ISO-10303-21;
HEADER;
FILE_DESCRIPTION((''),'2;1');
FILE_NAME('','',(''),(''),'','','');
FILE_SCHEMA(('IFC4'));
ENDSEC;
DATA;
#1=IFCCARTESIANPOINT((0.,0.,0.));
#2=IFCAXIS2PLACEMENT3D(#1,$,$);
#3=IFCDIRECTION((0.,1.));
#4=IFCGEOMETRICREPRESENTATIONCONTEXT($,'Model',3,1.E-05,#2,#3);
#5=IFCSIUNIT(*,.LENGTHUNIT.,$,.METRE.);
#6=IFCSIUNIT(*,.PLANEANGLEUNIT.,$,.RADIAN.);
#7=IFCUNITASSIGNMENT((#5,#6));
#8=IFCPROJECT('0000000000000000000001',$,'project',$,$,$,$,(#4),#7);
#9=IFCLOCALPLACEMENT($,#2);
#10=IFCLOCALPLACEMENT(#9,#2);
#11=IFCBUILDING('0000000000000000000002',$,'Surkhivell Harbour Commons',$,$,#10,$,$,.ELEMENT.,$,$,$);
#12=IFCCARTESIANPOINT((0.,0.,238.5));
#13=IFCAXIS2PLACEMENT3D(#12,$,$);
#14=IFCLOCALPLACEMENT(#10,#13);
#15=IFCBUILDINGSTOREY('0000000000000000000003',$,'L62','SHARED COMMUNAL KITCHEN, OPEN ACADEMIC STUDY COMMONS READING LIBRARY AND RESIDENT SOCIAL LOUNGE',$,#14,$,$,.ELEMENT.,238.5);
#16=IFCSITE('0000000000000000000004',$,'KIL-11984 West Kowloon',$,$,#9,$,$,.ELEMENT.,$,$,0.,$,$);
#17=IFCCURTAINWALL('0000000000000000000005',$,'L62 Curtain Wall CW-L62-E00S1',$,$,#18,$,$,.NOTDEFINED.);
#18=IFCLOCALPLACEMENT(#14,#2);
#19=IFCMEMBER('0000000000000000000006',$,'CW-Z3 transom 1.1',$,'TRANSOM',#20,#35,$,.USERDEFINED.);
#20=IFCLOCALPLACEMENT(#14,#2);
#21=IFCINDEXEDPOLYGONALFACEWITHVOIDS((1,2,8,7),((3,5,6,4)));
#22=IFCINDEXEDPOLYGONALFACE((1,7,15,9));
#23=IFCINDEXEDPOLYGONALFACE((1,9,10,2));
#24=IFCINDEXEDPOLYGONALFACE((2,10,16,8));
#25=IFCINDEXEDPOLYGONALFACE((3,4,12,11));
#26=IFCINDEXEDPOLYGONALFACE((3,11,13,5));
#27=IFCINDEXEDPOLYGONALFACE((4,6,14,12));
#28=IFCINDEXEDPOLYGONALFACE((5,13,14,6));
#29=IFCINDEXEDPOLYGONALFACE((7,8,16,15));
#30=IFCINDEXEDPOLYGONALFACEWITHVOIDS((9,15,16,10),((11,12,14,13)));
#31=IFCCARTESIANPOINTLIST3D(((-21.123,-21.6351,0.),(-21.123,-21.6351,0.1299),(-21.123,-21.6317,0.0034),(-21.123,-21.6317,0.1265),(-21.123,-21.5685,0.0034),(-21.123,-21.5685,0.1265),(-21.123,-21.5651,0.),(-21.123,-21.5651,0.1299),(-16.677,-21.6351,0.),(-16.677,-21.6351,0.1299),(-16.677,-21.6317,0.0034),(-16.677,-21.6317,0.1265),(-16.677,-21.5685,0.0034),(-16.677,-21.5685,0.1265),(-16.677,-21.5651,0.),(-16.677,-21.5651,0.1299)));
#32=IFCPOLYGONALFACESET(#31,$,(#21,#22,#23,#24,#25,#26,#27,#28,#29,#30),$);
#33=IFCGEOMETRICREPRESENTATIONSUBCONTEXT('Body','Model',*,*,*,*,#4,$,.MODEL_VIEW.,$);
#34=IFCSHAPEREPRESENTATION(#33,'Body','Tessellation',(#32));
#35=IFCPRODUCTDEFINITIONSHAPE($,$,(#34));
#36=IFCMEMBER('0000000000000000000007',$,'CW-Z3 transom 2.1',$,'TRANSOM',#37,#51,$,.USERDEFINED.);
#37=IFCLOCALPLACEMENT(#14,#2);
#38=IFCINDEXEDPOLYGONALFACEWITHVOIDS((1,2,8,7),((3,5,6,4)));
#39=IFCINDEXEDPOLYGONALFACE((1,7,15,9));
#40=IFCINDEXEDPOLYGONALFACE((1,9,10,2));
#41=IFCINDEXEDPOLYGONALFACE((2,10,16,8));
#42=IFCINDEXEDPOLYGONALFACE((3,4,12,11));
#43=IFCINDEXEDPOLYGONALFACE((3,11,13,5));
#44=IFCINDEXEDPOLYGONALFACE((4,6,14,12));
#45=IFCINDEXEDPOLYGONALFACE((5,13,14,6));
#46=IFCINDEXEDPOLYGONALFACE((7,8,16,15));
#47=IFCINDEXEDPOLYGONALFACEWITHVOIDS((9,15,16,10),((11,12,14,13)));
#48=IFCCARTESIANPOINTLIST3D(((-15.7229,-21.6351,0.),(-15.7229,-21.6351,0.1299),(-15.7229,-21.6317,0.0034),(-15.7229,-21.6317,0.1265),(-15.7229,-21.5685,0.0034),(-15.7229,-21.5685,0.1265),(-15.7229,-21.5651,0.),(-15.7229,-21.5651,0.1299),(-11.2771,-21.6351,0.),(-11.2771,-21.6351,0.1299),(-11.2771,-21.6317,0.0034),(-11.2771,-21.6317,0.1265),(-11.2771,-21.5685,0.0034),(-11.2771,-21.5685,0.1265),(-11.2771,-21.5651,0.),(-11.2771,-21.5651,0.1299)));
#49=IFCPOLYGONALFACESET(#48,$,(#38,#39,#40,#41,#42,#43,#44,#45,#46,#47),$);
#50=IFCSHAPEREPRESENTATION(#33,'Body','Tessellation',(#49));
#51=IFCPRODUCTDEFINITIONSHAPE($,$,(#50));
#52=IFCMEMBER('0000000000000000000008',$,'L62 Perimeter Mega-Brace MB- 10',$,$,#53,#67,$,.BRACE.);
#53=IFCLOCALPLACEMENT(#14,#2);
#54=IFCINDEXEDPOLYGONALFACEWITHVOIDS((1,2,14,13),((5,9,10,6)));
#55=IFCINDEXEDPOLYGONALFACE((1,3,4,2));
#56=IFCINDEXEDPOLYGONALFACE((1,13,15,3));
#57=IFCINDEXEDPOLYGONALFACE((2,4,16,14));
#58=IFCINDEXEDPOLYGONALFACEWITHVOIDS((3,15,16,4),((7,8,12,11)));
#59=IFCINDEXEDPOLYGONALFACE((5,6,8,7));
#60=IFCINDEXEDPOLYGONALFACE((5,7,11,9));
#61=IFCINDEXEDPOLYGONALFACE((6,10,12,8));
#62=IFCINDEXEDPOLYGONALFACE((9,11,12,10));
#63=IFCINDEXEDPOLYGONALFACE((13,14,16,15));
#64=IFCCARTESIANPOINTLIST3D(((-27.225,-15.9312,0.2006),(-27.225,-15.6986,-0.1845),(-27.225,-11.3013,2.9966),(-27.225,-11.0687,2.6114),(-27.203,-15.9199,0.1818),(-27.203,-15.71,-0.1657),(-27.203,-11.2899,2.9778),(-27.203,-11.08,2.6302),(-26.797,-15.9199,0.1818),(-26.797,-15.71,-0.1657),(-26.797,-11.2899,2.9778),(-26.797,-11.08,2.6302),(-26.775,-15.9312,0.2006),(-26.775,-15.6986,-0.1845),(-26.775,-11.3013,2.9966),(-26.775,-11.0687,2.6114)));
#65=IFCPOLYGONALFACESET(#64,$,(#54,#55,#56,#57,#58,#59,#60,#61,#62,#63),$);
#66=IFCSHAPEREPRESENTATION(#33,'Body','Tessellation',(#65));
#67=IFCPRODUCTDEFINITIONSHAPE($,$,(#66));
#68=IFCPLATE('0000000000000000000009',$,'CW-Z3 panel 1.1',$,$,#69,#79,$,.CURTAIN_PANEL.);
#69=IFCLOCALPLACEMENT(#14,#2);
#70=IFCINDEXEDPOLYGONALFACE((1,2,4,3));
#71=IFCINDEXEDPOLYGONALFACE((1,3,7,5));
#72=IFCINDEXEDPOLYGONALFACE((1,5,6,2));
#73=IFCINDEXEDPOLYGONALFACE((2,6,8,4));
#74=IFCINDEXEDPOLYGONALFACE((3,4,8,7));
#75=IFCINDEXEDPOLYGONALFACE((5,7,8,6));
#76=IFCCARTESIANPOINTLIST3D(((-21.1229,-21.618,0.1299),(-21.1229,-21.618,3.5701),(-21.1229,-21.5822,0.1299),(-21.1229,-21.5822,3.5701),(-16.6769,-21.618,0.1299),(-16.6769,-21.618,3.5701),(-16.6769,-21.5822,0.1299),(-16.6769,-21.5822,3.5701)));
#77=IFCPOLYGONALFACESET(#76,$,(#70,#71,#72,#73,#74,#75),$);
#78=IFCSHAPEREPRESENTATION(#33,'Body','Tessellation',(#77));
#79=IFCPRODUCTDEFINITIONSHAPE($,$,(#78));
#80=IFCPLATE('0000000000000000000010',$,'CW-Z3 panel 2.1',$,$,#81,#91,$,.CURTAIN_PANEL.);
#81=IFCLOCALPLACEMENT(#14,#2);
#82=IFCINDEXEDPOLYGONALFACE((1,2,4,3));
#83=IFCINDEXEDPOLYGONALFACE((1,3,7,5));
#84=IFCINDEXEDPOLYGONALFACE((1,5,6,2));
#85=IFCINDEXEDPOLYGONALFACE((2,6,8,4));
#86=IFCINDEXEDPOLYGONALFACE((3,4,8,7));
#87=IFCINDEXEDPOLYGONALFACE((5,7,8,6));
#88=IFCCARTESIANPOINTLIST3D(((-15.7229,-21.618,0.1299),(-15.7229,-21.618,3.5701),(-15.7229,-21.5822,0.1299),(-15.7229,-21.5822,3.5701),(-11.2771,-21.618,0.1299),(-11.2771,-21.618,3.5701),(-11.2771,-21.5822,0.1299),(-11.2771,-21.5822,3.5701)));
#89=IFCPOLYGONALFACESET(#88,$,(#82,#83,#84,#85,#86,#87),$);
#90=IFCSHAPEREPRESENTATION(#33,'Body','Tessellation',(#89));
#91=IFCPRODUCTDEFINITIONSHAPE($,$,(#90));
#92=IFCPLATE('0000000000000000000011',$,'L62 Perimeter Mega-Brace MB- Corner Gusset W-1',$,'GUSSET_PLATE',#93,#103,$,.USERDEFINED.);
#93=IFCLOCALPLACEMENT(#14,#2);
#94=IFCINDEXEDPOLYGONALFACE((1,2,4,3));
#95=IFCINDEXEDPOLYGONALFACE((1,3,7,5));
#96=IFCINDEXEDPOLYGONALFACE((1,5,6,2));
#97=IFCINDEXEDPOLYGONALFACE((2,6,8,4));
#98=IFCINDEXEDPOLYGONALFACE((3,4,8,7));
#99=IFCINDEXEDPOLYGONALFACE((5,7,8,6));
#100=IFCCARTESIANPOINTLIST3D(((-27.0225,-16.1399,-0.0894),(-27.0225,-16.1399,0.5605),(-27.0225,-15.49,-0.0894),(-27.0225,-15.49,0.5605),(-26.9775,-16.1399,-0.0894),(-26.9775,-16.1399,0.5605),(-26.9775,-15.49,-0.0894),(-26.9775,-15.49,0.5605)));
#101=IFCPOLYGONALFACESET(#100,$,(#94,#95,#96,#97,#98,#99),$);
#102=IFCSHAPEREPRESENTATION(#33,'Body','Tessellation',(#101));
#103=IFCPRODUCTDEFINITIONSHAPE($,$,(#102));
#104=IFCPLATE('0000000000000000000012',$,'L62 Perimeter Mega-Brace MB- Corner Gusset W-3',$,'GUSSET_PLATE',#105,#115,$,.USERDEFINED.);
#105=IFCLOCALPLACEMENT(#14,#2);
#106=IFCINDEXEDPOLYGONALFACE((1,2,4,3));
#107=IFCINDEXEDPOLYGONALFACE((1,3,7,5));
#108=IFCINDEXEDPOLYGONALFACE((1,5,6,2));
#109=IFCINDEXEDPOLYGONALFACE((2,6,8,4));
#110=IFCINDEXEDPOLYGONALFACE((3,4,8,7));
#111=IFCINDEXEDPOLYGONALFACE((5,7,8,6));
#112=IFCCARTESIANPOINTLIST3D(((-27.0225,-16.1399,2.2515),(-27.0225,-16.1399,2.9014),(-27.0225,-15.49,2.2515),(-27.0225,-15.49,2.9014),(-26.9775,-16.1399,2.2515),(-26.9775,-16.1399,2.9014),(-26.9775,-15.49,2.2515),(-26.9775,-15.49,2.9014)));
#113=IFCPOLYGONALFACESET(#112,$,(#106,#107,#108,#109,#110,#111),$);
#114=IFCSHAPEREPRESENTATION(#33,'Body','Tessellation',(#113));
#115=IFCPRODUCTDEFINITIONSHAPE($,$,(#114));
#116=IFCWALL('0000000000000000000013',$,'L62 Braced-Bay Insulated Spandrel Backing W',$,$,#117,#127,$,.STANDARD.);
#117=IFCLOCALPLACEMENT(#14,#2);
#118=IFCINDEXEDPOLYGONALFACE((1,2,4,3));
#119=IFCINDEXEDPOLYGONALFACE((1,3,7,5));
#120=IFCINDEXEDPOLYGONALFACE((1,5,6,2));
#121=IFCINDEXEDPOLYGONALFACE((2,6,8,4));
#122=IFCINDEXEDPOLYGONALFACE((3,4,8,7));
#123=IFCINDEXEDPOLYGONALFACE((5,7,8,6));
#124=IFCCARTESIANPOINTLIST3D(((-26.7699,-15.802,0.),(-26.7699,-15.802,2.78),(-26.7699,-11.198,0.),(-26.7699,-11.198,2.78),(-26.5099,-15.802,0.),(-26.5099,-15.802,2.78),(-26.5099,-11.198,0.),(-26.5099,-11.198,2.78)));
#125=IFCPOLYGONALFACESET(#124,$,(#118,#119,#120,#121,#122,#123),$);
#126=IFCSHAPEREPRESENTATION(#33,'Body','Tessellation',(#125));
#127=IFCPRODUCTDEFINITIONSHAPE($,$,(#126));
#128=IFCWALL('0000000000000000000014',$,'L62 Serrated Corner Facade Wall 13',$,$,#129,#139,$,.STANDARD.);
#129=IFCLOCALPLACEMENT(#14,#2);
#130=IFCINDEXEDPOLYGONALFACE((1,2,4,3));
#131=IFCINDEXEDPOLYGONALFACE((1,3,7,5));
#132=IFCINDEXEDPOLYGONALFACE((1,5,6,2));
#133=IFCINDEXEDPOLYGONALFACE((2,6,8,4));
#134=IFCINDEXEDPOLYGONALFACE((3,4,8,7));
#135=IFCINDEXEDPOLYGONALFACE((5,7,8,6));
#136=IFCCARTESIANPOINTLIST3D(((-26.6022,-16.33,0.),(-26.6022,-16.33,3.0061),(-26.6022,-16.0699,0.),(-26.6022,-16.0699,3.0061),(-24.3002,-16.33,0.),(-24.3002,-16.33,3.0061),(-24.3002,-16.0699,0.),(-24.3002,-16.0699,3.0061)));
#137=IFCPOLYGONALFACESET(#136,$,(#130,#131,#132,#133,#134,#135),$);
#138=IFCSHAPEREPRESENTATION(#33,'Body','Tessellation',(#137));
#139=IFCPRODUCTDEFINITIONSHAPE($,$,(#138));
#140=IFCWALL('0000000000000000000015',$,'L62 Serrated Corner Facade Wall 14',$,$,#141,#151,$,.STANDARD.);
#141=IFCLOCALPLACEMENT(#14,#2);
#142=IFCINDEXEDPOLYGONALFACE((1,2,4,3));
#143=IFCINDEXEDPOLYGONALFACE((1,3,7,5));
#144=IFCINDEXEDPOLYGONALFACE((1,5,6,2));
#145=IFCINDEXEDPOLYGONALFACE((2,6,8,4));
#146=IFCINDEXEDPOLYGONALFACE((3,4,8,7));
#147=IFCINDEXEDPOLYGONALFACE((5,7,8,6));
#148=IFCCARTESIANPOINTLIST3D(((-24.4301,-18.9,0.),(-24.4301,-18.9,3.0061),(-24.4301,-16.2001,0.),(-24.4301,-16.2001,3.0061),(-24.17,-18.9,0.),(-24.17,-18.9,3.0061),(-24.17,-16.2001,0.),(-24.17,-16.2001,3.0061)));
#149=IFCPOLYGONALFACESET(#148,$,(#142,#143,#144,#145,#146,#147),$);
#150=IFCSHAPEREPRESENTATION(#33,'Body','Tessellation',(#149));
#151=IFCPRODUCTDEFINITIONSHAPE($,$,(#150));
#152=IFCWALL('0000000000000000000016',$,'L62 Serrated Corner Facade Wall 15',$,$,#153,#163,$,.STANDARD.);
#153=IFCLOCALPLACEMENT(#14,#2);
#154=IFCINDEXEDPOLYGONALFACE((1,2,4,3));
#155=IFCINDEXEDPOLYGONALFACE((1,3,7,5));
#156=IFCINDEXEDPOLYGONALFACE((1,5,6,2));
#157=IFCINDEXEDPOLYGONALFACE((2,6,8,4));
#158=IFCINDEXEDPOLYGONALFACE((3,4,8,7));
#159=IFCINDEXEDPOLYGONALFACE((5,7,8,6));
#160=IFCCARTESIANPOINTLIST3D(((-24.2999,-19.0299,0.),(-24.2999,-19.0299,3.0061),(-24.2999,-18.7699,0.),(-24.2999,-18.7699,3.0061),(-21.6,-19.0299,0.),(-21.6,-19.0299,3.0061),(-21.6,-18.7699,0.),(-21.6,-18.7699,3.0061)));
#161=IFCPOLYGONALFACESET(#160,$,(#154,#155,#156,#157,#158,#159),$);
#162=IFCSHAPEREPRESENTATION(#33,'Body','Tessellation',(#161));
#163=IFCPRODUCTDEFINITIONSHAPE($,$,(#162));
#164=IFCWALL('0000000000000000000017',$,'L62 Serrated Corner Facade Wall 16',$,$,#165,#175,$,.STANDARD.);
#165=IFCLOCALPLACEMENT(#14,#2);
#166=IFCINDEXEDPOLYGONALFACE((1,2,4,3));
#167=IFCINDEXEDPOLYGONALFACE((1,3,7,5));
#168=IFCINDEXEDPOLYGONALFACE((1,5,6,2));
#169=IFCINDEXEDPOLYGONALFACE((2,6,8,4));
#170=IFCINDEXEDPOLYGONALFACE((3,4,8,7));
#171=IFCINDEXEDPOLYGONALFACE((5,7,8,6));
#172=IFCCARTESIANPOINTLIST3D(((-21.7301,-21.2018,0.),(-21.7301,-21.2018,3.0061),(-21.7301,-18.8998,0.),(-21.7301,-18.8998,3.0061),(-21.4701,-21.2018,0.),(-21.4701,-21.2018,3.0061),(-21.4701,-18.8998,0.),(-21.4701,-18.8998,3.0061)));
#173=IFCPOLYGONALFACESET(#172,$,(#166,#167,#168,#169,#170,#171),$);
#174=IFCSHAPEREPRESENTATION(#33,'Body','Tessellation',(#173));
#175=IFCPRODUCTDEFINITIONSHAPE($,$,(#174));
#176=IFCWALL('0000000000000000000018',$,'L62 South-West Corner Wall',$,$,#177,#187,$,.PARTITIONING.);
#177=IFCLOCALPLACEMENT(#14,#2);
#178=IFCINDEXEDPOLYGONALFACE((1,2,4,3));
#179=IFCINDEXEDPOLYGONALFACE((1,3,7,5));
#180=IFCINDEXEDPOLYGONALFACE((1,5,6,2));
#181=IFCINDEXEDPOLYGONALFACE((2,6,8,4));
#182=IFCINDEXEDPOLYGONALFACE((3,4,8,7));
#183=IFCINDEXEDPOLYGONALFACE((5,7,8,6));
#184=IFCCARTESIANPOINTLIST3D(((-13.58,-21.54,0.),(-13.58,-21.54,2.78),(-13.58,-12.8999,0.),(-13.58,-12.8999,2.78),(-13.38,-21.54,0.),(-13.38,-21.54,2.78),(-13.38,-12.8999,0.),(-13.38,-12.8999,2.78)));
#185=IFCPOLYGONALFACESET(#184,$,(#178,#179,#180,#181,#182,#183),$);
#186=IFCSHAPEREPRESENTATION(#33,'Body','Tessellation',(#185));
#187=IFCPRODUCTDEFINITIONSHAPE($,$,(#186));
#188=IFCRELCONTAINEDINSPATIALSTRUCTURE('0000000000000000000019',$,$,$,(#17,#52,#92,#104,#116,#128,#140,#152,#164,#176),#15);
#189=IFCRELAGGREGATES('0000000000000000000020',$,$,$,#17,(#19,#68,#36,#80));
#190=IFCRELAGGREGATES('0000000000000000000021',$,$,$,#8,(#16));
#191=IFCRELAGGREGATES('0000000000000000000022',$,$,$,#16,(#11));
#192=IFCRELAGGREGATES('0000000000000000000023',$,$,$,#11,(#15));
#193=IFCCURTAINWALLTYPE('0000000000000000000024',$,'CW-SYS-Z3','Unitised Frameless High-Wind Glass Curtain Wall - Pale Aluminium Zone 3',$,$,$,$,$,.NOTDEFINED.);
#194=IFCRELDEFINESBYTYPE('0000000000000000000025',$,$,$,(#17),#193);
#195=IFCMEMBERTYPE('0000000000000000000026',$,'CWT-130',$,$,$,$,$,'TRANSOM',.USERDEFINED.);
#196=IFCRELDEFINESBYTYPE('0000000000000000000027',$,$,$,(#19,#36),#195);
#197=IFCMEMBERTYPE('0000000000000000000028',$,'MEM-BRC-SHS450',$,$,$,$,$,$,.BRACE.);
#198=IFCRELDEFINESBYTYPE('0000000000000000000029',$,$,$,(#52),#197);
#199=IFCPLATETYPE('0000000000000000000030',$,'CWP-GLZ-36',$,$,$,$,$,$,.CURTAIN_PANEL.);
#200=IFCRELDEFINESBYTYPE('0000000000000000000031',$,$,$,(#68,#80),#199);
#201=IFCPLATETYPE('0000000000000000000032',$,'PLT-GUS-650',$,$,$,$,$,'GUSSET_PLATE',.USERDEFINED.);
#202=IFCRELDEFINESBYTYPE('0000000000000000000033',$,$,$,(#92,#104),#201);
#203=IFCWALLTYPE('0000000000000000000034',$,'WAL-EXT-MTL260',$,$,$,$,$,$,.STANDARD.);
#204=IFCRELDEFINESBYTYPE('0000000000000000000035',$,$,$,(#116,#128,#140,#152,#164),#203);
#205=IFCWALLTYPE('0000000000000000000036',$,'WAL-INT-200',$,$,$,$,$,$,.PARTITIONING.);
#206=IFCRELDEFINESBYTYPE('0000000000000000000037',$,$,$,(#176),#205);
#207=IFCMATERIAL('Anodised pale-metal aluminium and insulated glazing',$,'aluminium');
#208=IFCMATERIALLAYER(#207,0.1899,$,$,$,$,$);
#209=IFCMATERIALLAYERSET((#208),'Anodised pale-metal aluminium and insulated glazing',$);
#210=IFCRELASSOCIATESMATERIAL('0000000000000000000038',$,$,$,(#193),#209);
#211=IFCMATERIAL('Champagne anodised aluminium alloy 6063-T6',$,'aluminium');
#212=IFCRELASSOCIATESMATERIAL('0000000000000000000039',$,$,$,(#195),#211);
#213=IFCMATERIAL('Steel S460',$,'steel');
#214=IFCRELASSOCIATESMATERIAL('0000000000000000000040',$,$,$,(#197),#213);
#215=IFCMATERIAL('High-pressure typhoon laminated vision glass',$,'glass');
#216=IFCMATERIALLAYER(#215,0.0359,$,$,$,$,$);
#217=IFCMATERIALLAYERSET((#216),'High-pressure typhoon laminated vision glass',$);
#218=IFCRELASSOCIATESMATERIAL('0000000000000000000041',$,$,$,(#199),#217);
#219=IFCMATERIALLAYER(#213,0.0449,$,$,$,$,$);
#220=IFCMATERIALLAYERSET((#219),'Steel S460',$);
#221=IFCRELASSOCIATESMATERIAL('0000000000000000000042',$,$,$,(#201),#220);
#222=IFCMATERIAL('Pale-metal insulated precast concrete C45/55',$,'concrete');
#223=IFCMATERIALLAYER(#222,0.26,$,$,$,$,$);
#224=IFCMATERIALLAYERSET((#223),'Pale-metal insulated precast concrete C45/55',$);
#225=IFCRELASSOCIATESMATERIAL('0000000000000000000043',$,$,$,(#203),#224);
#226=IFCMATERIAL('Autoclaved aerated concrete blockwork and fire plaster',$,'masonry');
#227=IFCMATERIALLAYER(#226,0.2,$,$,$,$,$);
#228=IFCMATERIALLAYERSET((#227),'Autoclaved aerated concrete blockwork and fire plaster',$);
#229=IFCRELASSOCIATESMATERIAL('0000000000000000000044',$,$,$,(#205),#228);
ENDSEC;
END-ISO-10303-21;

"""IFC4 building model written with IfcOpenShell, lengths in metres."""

from ifc_helpers import new_model, si_unit, direction, frame, frame_2d, origin, origin_2d, place, context, subcontext, project, spatial, rectangle, hollow_rectangle, extrude, material, layer, layer_set, material_profile, profile_set, type_object, element, aggregate, save


model = new_model("IFC4")

# Units and contexts
model_context = context("Model", 3, precision=1e-05, world=origin(), true_north=direction((0.0, 1.0)))
body_context = subcontext(model_context, "Body", "Model", "MODEL_VIEW")
ifc_project = project(units=[si_unit("LENGTHUNIT", "METRE"), si_unit("PLANEANGLEUNIT", "RADIAN")], contexts=[model_context])

# Site, building, storey
site_placement = place(None, origin())
site = spatial("IfcSite", under=ifc_project, at=site_placement, Name="KIL-11984 West Kowloon", CompositionType="ELEMENT", RefElevation=0.0)
building_placement = place(site_placement, origin())
building = spatial("IfcBuilding", under=site, at=building_placement, Name="Surkhivell Harbour Commons", CompositionType="ELEMENT")
storey_placement = place(building_placement, frame((0.0, 0.0, 238.5)))
storey = spatial("IfcBuildingStorey", under=building, at=storey_placement, Name="L62", Description="SHARED COMMUNAL KITCHEN, OPEN ACADEMIC STUDY COMMONS READING LIBRARY AND RESIDENT SOCIAL LOUNGE", CompositionType="ELEMENT", Elevation=238.5)

# Curtain wall, members
ifc_material_1 = material(Name="Anodised pale-metal aluminium and insulated glazing", Category="aluminium")
ifc_layer_1 = layer(ifc_material_1, 0.1899)
ifc_layer_set_1 = layer_set([ifc_layer_1], Name="Anodised pale-metal aluminium and insulated glazing")
curtain_wall_type = type_object("IfcCurtainWallType", Name="CW-SYS-Z3", Description="Unitised Frameless High-Wind Glass Curtain Wall - Pale Aluminium Zone 3", PredefinedType="NOTDEFINED", material=ifc_layer_set_1)
curtain_wall_placement = place(storey_placement, origin())
curtain_wall = element("IfcCurtainWall", 1, at=curtain_wall_placement, inside=storey, type_object=curtain_wall_type, Name="L62 Curtain Wall CW-L62-E00S1", PredefinedType="NOTDEFINED")
ifc_material_2 = material(Name="Champagne anodised aluminium alloy 6063-T6", Category="aluminium")
ifc_material_profile_1 = material_profile(ifc_material_2, hollow_rectangle(XDim=0.0701, YDim=0.1299, WallThickness=0.0034, at=origin_2d()), Name="ALU-TRAN-70x130")
ifc_profile_set_1 = profile_set([ifc_material_profile_1], Name="Champagne anodised aluminium alloy 6063-T6")
member_type_1 = type_object("IfcMemberType", Name="CWT-130", ElementType="TRANSOM", PredefinedType="USERDEFINED", material=ifc_profile_set_1)
member_1_placement = place(storey_placement, frame((-21.123, -21.6001, 0.0649), z_axis=(1.0, 0.0, 0.0), x_axis=(0.0, 1.0, 0.0)))
member_1 = element("IfcMember", 2, at=member_1_placement, type_object=member_type_1, Name="CW-Z3 transom 1.1", ObjectType="TRANSOM", PredefinedType="USERDEFINED", context=body_context, shape_type="SweptSolid", body=[
    extrude(hollow_rectangle(XDim=0.0701, YDim=0.1299, WallThickness=0.0034, at=origin_2d()), origin(), (0.0, 0.0, 1.0), 4.446),
])
member_2_placement = place(storey_placement, frame((-15.7229, -21.6001, 0.0649), z_axis=(1.0, 0.0, 0.0), x_axis=(0.0, 1.0, 0.0)))
member_2 = element("IfcMember", 3, at=member_2_placement, type_object=member_type_1, Name="CW-Z3 transom 2.1", ObjectType="TRANSOM", PredefinedType="USERDEFINED", context=body_context, shape_type="SweptSolid", body=[
    extrude(hollow_rectangle(XDim=0.0701, YDim=0.1299, WallThickness=0.0034, at=origin_2d()), origin(), (0.0, 0.0, 1.0), 4.4458),
])

# Member
ifc_material_3 = material(Name="Steel S460", Category="steel")
ifc_material_profile_2 = material_profile(ifc_material_3, hollow_rectangle(XDim=0.45, YDim=0.45, WallThickness=0.022, at=origin_2d()), Name="SHS450x450x22")
ifc_profile_set_2 = profile_set([ifc_material_profile_2], Name="Steel S460")
member_type_2 = type_object("IfcMemberType", Name="MEM-BRC-SHS450", PredefinedType="BRACE", material=ifc_profile_set_2)
member_3_placement = place(storey_placement, frame((-27.0, -15.8149, 0.0081), z_axis=(0.0, 0.856024, 0.516937), x_axis=(-1.0, 0.0, 0.0)))
element("IfcMember", 4, at=member_3_placement, inside=storey, type_object=member_type_2, Name="L62 Perimeter Mega-Brace MB- 10", PredefinedType="BRACE", context=body_context, shape_type="SweptSolid", body=[
    extrude(hollow_rectangle(XDim=0.45, YDim=0.45, WallThickness=0.022, at=origin_2d()), origin(), (0.0, 0.0, 1.0), 5.4087),
])

# Plates
ifc_material_4 = material(Name="High-pressure typhoon laminated vision glass", Category="glass")
ifc_layer_2 = layer(ifc_material_4, 0.0359)
ifc_layer_set_2 = layer_set([ifc_layer_2], Name="High-pressure typhoon laminated vision glass")
plate_type_1 = type_object("IfcPlateType", Name="CWP-GLZ-36", PredefinedType="CURTAIN_PANEL", material=ifc_layer_set_2)
plate_1_placement = place(storey_placement, frame((-21.123, -21.6001, 0.1299), z_axis=(0.0, 0.0, 1.0), x_axis=(1.0, 0.0, 0.0)))
plate_1 = element("IfcPlate", 5, at=plate_1_placement, type_object=plate_type_1, Name="CW-Z3 panel 1.1", PredefinedType="CURTAIN_PANEL", context=body_context, shape_type="SweptSolid", body=[
    extrude(rectangle(XDim=4.446, YDim=0.0359, at=frame_2d((2.2231, 0.0))), origin(), (0.0, 0.0, 1.0), 3.4402),
])
plate_2_placement = place(storey_placement, frame((-15.7229, -21.6001, 0.1299), z_axis=(0.0, 0.0, 1.0), x_axis=(1.0, 0.0, 0.0)))
plate_2 = element("IfcPlate", 6, at=plate_2_placement, type_object=plate_type_1, Name="CW-Z3 panel 2.1", PredefinedType="CURTAIN_PANEL", context=body_context, shape_type="SweptSolid", body=[
    extrude(rectangle(XDim=4.4458, YDim=0.0359, at=frame_2d((2.2229, 0.0))), origin(), (0.0, 0.0, 1.0), 3.4402),
])
aggregate(curtain_wall, [member_1, plate_1, member_2, plate_2])

# Plates
ifc_layer_3 = layer(ifc_material_3, 0.0449)
ifc_layer_set_3 = layer_set([ifc_layer_3], Name="Steel S460")
plate_type_2 = type_object("IfcPlateType", Name="PLT-GUS-650", ElementType="GUSSET_PLATE", PredefinedType="USERDEFINED", material=ifc_layer_set_3)
for number, where, z_axis, x_axis, name in (
    (7, (-27.0, -15.8149, -0.0894), (0.0, 0.0, 1.0), (0.0, 1.0, 0.0), "L62 Perimeter Mega-Brace MB- Corner Gusset W-1"),
    (8, (-27.0, -15.8149, 2.2515), (0.0, 0.0, 1.0), (0.0, 1.0, 0.0), "L62 Perimeter Mega-Brace MB- Corner Gusset W-3"),
):
    element("IfcPlate", number, at=place(storey_placement, frame(where, z_axis=z_axis, x_axis=x_axis)), inside=storey, type_object=plate_type_2, Name=name, ObjectType="GUSSET_PLATE", PredefinedType="USERDEFINED", context=body_context, shape_type="SweptSolid", body=[
        extrude(rectangle(XDim=0.6499, YDim=0.0449, at=origin_2d()), origin(), (0.0, 0.0, 1.0), 0.6499),
    ])

# Walls
ifc_material_5 = material(Name="Pale-metal insulated precast concrete C45/55", Category="concrete")
ifc_layer_4 = layer(ifc_material_5, 0.26)
ifc_layer_set_4 = layer_set([ifc_layer_4], Name="Pale-metal insulated precast concrete C45/55")
wall_type_1 = type_object("IfcWallType", Name="WAL-EXT-MTL260", PredefinedType="STANDARD", material=ifc_layer_set_4)
wall_1_placement = place(storey_placement, frame((-26.6399, -15.802, 0.0), z_axis=(0.0, 0.0, 1.0), x_axis=(0.0, 1.0, 0.0)))
element("IfcWall", 9, at=wall_1_placement, inside=storey, type_object=wall_type_1, Name="L62 Braced-Bay Insulated Spandrel Backing W", PredefinedType="STANDARD", context=body_context, shape_type="SweptSolid", body=[
    extrude(rectangle(XDim=4.604, YDim=0.26, at=frame_2d((2.302, 0.0))), origin(), (0.0, 0.0, 1.0), 2.78),
])
wall_2_placement = place(storey_placement, frame((-26.6021, -16.2, 0.0), z_axis=(0.0, 0.0, 1.0), x_axis=(1.0, 0.0, 0.0)))
element("IfcWall", 10, at=wall_2_placement, inside=storey, type_object=wall_type_1, Name="L62 Serrated Corner Facade Wall 13", PredefinedType="STANDARD", context=body_context, shape_type="SweptSolid", body=[
    extrude(rectangle(XDim=2.302, YDim=0.26, at=frame_2d((1.1509, 0.0))), origin(), (0.0, 0.0, 1.0), 3.0061),
])
for number, where, z_axis, x_axis, name in (
    (11, (-24.3, -16.2, 0.0), (0.0, 0.0, 1.0), (0.0, -1.0, 0.0), "L62 Serrated Corner Facade Wall 14"),
    (12, (-24.3, -18.8999, 0.0), (0.0, 0.0, 1.0), (1.0, 0.0, 0.0), "L62 Serrated Corner Facade Wall 15"),
):
    element("IfcWall", number, at=place(storey_placement, frame(where, z_axis=z_axis, x_axis=x_axis)), inside=storey, type_object=wall_type_1, Name=name, PredefinedType="STANDARD", context=body_context, shape_type="SweptSolid", body=[
        extrude(rectangle(XDim=2.7, YDim=0.26, at=frame_2d((1.3501, 0.0))), origin(), (0.0, 0.0, 1.0), 3.0061),
    ])
wall_3_placement = place(storey_placement, frame((-21.6001, -18.8999, 0.0), z_axis=(0.0, 0.0, 1.0), x_axis=(0.0, -1.0, 0.0)))
element("IfcWall", 13, at=wall_3_placement, inside=storey, type_object=wall_type_1, Name="L62 Serrated Corner Facade Wall 16", PredefinedType="STANDARD", context=body_context, shape_type="SweptSolid", body=[
    extrude(rectangle(XDim=2.302, YDim=0.26, at=frame_2d((1.1509, 0.0))), origin(), (0.0, 0.0, 1.0), 3.0061),
])
ifc_material_6 = material(Name="Autoclaved aerated concrete blockwork and fire plaster", Category="masonry")
ifc_layer_5 = layer(ifc_material_6, 0.2)
ifc_layer_set_5 = layer_set([ifc_layer_5], Name="Autoclaved aerated concrete blockwork and fire plaster")
wall_type_2 = type_object("IfcWallType", Name="WAL-INT-200", PredefinedType="PARTITIONING", material=ifc_layer_set_5)
wall_4_placement = place(storey_placement, frame((-13.48, -21.54, 0.0), z_axis=(0.0, 0.0, 1.0), x_axis=(0.0, 1.0, 0.0)))
element("IfcWall", 14, at=wall_4_placement, inside=storey, type_object=wall_type_2, Name="L62 South-West Corner Wall", PredefinedType="PARTITIONING", context=body_context, shape_type="SweptSolid", body=[
    extrude(rectangle(XDim=8.6401, YDim=0.2, at=frame_2d((4.3201, 0.0))), origin(), (0.0, 0.0, 1.0), 2.78),
])

save(model, "model.ifc")
